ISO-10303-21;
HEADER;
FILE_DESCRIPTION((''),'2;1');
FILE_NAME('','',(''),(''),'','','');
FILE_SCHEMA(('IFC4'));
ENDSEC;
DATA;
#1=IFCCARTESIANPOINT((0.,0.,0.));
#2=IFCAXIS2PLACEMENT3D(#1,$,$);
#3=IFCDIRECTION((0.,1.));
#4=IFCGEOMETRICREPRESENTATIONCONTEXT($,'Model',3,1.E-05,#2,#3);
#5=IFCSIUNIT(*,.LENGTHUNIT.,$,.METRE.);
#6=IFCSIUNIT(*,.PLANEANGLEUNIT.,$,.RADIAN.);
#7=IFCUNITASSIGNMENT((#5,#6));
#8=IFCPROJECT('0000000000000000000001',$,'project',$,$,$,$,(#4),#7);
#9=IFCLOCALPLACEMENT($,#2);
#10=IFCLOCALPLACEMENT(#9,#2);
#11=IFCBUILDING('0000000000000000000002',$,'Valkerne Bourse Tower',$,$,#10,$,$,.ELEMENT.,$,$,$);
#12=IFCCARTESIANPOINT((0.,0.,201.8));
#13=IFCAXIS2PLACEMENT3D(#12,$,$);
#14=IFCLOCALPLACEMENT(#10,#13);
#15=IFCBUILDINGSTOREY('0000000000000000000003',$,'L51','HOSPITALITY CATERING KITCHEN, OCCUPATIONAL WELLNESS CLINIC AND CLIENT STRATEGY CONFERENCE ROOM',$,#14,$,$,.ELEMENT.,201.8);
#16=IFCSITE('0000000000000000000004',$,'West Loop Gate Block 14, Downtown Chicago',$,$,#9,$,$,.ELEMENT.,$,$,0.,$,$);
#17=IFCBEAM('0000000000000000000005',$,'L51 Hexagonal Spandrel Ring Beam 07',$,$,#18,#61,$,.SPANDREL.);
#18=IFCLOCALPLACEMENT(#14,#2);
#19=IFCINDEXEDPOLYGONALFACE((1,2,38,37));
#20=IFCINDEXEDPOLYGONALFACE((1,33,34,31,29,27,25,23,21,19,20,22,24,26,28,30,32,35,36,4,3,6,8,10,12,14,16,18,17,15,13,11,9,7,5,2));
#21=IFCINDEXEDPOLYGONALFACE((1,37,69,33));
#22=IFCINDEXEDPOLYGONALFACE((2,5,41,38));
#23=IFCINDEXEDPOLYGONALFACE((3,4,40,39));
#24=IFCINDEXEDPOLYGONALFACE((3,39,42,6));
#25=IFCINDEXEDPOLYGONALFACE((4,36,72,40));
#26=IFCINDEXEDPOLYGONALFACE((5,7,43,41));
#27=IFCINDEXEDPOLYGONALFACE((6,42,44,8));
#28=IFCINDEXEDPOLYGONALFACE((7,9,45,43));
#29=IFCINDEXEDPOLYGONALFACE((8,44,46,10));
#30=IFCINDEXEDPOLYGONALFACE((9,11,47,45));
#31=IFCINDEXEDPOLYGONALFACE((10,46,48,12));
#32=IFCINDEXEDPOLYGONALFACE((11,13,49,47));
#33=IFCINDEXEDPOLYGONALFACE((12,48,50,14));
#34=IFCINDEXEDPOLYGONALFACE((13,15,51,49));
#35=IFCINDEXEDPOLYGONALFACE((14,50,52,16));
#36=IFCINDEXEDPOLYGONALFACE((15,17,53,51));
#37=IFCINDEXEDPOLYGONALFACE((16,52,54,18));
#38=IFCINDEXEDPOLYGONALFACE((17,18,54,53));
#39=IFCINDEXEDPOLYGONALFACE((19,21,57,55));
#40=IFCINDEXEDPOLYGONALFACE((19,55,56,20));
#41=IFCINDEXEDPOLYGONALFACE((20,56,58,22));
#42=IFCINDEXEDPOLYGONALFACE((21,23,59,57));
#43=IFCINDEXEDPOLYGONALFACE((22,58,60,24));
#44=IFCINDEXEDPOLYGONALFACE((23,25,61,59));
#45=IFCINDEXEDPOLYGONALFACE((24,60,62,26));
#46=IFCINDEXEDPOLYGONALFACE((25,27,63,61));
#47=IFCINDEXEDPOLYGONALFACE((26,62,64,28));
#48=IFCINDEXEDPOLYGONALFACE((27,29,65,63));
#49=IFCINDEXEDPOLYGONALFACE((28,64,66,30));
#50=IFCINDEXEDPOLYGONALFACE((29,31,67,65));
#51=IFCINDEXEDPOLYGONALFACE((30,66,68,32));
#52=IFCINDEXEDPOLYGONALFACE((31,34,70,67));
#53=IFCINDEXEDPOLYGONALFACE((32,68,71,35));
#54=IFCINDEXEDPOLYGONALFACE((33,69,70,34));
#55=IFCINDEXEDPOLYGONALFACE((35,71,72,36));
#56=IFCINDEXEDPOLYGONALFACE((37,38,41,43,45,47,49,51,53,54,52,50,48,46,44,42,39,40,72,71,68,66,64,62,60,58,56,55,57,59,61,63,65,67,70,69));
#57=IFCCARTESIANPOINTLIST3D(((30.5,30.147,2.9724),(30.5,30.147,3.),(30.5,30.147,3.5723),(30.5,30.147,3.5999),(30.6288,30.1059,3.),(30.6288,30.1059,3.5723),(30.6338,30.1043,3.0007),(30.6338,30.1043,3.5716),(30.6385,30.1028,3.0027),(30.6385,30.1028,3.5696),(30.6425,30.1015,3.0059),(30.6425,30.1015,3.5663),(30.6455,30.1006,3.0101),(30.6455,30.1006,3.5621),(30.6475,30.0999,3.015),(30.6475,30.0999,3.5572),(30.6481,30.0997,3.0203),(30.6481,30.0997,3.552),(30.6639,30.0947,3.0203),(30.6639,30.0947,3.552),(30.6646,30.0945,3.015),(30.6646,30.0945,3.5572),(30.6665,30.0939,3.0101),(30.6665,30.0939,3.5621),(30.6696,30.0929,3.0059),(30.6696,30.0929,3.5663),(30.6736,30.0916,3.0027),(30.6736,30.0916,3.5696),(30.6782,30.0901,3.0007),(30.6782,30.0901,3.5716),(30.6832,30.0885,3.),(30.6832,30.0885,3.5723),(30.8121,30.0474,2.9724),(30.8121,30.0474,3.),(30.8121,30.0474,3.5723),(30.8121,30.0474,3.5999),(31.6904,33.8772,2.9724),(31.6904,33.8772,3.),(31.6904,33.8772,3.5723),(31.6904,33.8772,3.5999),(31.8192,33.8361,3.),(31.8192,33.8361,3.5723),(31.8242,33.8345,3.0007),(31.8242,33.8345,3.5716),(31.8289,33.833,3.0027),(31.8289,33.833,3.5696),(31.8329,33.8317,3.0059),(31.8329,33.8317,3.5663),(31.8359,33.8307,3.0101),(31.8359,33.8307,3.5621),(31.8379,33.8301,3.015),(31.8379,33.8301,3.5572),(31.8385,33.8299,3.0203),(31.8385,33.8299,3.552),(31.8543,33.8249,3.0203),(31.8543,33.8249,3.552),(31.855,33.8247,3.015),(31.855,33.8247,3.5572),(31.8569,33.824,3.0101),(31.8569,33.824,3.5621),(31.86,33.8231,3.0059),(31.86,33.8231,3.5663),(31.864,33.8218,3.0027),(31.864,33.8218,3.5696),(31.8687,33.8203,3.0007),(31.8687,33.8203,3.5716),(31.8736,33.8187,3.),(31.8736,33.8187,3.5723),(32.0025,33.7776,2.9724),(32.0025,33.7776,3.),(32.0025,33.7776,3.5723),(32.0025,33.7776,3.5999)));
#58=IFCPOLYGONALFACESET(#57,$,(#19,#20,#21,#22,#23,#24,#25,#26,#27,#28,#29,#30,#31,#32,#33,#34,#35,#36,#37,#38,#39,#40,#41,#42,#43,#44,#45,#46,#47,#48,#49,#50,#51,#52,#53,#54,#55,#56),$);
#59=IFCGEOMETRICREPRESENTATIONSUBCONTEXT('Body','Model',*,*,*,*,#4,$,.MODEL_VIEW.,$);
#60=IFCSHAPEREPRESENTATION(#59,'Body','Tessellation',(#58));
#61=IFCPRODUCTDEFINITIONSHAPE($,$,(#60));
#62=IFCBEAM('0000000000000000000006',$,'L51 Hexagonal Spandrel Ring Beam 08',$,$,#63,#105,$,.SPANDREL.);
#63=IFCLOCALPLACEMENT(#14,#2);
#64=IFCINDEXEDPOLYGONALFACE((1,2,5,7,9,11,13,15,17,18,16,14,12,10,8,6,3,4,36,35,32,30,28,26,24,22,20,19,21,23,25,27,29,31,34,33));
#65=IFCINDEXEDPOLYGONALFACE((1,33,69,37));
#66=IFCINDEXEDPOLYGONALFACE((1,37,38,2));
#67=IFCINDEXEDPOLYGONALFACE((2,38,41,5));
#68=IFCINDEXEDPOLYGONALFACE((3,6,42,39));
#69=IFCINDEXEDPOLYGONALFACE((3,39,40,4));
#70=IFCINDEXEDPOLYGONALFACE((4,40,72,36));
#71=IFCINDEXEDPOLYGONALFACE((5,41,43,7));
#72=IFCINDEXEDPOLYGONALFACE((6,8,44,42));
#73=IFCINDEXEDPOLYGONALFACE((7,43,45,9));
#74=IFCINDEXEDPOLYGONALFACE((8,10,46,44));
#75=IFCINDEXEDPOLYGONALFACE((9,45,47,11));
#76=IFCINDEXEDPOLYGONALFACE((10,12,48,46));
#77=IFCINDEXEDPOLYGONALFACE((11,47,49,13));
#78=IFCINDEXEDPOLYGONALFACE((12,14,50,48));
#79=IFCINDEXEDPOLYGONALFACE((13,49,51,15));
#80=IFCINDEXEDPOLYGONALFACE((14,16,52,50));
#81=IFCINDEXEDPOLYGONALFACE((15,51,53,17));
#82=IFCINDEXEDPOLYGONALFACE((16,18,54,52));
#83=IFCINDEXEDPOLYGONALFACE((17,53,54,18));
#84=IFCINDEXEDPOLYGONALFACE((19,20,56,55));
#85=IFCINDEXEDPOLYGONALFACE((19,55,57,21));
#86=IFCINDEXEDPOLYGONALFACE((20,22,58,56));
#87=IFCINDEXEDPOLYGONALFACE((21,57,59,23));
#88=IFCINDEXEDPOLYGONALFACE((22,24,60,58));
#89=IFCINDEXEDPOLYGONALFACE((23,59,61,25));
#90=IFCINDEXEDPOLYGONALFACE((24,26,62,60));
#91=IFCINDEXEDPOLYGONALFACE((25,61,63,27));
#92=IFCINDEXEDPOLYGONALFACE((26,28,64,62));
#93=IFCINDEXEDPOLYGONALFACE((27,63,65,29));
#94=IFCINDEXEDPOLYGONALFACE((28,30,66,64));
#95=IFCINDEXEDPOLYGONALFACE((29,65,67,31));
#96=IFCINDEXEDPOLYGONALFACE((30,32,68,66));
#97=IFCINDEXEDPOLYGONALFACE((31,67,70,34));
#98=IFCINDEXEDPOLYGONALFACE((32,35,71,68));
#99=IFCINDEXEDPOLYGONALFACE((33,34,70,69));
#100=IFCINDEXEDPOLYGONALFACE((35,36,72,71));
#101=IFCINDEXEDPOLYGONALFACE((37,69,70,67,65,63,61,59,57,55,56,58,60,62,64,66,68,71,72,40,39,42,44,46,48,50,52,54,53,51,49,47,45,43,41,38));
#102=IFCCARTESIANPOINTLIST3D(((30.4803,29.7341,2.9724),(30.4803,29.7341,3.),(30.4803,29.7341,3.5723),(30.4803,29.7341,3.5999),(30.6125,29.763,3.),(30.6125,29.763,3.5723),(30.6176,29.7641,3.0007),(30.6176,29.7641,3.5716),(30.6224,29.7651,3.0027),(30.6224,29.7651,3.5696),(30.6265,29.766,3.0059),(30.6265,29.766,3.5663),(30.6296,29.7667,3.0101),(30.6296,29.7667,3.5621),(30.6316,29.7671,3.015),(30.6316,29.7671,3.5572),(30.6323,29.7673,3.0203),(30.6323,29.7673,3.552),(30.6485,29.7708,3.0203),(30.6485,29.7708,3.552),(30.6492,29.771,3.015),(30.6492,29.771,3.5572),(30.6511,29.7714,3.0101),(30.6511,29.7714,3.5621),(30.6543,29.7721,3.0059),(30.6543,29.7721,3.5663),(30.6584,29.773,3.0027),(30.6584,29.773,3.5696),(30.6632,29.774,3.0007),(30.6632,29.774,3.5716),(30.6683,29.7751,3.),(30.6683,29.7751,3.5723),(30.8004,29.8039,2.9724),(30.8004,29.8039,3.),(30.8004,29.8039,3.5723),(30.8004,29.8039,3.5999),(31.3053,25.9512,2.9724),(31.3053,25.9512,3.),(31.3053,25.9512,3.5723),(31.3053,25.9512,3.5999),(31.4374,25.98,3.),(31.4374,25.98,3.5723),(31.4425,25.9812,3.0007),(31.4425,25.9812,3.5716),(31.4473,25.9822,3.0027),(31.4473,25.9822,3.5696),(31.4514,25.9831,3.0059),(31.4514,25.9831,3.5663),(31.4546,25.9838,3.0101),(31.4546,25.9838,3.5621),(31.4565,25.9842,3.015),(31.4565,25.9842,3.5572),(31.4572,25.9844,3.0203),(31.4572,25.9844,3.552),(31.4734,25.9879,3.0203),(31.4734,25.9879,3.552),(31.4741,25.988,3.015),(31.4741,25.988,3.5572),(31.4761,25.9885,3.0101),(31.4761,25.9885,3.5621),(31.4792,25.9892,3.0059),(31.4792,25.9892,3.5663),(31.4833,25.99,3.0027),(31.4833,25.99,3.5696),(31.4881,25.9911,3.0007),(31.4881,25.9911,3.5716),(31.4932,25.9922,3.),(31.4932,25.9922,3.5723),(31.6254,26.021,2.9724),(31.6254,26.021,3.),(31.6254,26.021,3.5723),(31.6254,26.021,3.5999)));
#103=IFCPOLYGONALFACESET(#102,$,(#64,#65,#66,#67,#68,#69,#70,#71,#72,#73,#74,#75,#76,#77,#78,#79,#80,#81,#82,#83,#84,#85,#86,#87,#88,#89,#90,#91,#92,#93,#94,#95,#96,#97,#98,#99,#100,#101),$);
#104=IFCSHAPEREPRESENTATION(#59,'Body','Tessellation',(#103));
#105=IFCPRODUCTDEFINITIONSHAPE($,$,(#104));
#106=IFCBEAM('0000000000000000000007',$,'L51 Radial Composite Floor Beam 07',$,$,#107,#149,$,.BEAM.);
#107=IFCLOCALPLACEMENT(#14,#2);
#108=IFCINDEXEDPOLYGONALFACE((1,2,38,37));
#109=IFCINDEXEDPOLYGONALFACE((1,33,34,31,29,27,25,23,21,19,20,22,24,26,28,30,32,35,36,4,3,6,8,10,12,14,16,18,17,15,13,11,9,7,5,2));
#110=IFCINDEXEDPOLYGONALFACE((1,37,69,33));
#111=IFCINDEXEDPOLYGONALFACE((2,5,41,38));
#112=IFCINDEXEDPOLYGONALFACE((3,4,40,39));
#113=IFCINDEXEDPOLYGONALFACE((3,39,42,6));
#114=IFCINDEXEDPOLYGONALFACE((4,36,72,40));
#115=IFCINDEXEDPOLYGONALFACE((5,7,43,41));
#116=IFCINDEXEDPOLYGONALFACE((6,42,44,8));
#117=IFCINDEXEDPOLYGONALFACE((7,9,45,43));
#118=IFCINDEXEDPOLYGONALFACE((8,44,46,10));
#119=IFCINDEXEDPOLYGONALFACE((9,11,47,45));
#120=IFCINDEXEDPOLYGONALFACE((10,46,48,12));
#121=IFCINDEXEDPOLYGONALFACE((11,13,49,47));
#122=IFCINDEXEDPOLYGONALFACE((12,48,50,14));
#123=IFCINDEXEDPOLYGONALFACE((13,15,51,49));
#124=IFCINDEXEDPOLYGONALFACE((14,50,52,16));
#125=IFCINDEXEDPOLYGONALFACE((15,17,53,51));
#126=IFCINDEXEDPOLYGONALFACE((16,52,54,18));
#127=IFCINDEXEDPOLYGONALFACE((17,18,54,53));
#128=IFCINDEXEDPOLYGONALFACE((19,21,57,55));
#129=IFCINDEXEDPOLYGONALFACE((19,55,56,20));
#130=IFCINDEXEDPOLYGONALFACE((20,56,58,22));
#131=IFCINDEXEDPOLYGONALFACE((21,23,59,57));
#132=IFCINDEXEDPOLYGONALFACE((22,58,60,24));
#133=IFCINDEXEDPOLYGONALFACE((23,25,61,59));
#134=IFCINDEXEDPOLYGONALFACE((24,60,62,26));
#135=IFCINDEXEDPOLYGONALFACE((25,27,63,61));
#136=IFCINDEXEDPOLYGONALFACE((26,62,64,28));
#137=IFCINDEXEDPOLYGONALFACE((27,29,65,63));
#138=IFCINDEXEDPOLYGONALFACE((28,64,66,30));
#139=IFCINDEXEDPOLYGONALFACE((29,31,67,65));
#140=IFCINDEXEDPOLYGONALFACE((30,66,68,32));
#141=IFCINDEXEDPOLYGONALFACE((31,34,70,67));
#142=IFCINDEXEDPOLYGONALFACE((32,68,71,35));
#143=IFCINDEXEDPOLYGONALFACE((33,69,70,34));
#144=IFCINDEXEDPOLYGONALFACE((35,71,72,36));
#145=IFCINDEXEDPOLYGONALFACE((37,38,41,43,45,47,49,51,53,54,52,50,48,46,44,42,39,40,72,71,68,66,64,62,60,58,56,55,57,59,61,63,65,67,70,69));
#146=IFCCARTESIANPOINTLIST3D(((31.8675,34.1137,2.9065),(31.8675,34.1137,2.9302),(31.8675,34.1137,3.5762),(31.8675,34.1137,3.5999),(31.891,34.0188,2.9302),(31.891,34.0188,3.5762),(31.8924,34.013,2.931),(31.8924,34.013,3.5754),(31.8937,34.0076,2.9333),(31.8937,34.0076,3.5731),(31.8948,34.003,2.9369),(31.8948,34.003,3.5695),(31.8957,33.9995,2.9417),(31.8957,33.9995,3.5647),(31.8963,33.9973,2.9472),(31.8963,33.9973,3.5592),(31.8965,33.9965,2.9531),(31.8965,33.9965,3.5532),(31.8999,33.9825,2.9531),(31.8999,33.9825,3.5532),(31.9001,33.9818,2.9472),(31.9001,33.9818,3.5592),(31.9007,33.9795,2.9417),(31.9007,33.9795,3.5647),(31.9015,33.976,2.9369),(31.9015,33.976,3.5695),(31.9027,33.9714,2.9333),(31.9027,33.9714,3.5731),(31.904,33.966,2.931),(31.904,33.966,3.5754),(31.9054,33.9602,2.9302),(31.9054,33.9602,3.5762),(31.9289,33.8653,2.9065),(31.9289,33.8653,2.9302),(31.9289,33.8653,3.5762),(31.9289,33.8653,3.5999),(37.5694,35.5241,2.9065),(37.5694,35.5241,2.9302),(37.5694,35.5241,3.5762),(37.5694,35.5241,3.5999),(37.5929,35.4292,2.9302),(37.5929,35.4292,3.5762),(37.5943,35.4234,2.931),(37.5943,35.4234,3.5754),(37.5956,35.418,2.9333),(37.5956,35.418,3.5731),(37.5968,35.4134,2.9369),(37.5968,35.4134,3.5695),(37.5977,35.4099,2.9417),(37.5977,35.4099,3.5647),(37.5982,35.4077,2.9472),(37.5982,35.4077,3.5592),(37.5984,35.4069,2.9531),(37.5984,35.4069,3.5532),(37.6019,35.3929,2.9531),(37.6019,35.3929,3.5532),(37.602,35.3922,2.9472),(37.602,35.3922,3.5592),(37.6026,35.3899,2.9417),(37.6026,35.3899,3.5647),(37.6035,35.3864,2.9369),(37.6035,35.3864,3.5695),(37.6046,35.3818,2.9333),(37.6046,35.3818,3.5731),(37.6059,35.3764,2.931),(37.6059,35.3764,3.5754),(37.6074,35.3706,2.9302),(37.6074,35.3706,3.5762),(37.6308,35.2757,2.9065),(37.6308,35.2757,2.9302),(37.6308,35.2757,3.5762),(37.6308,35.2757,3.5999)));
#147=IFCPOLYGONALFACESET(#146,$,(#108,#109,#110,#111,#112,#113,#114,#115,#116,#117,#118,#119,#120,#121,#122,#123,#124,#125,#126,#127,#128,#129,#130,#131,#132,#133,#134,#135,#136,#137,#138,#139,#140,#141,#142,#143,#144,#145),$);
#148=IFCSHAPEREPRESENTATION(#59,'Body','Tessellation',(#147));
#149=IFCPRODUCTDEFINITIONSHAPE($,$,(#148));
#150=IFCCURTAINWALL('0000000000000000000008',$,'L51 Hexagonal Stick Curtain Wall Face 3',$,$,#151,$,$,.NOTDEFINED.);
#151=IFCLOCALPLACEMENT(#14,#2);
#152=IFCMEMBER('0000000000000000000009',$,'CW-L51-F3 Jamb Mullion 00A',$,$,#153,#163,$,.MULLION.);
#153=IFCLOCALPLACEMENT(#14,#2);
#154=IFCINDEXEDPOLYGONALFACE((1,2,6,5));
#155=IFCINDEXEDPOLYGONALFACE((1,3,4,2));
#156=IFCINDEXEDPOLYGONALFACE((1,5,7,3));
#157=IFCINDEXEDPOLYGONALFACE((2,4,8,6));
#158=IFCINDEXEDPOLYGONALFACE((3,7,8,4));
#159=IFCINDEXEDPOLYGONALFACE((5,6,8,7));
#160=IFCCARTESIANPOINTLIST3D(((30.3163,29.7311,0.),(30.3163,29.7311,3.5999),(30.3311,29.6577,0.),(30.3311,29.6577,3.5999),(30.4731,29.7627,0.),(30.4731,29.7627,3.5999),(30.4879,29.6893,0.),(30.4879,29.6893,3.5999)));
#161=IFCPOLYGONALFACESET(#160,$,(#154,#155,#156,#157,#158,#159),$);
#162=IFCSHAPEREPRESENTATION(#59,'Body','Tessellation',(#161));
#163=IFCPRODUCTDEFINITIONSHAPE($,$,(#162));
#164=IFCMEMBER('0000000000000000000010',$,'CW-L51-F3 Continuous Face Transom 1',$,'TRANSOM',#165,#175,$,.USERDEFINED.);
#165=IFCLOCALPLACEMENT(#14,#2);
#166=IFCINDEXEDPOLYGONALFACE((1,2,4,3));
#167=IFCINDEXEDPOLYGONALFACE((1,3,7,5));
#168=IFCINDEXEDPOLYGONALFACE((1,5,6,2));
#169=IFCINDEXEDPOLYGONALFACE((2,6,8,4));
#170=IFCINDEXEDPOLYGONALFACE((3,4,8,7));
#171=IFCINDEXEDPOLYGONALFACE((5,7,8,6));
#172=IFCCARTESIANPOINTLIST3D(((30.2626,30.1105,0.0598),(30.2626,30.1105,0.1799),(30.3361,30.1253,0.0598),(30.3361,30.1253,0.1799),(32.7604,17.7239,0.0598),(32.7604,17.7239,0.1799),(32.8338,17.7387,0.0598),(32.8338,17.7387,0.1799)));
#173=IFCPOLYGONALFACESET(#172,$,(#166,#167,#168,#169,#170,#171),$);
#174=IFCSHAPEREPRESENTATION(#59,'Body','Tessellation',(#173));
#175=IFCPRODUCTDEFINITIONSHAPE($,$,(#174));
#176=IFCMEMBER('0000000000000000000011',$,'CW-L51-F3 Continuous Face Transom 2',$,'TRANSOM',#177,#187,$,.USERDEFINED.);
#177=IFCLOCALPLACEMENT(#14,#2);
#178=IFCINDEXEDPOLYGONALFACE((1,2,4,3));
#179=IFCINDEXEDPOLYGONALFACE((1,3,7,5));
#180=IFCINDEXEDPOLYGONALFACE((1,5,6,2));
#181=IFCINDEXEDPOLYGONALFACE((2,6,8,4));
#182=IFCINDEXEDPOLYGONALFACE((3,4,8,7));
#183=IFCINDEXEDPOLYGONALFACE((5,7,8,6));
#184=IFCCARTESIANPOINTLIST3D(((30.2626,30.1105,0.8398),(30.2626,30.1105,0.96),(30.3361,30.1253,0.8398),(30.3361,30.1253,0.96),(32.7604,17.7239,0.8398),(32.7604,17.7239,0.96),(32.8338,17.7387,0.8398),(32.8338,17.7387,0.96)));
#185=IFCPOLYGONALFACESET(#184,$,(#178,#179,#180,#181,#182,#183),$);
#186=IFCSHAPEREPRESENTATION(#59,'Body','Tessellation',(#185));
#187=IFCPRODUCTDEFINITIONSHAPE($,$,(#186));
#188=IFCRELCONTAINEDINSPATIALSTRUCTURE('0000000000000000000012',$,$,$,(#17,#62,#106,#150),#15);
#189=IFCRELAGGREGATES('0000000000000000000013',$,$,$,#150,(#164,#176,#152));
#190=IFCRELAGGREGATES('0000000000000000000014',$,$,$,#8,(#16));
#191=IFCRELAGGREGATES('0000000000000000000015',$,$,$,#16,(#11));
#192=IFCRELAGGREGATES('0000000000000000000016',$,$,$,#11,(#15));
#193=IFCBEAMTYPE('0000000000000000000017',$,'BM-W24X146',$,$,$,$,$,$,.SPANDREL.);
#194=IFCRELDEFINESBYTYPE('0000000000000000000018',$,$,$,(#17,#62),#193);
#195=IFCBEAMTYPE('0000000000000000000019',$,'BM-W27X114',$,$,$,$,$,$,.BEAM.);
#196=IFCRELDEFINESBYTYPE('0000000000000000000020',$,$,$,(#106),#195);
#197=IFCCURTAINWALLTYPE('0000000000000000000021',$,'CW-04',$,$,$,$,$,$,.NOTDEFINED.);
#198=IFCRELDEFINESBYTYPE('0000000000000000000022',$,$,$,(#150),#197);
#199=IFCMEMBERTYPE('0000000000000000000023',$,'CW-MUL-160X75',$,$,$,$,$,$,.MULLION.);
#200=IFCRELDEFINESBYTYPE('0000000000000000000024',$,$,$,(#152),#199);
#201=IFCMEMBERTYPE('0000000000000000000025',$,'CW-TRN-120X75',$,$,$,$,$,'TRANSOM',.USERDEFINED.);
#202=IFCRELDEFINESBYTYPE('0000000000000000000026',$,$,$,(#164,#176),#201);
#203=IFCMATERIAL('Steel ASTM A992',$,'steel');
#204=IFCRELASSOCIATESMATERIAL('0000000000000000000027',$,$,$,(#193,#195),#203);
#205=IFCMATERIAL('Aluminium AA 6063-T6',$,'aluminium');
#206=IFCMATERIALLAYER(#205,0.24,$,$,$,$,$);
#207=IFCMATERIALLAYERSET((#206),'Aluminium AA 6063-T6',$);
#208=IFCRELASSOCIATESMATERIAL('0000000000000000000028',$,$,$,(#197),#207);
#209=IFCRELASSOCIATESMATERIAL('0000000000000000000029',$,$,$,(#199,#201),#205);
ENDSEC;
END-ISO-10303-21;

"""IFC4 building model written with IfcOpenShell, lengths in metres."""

from ifc_helpers import new_model, si_unit, direction, frame, origin, origin_2d, place, context, subcontext, project, spatial, rectangle, i_section, extrude, material, layer, layer_set, material_profile, profile_set, type_object, element, aggregate, save


model = new_model("IFC4")

# Units and contexts
model_context = context("Model", 3, precision=1e-05, world=origin(), true_north=direction((0.0, 1.0)))
body_context = subcontext(model_context, "Body", "Model", "MODEL_VIEW")
ifc_project = project(units=[si_unit("LENGTHUNIT", "METRE"), si_unit("PLANEANGLEUNIT", "RADIAN")], contexts=[model_context])

# Site, building, storey
site_placement = place(None, origin())
site = spatial("IfcSite", under=ifc_project, at=site_placement, Name="West Loop Gate Block 14, Downtown Chicago", CompositionType="ELEMENT", RefElevation=0.0)
building_placement = place(site_placement, origin())
building = spatial("IfcBuilding", under=site, at=building_placement, Name="Valkerne Bourse Tower", CompositionType="ELEMENT")
storey_placement = place(building_placement, frame((0.0, 0.0, 201.8)))
storey = spatial("IfcBuildingStorey", under=building, at=storey_placement, Name="L51", Description="HOSPITALITY CATERING KITCHEN, OCCUPATIONAL WELLNESS CLINIC AND CLIENT STRATEGY CONFERENCE ROOM", CompositionType="ELEMENT", Elevation=201.8)

# Beams
ifc_material_1 = material(Name="Steel ASTM A992", Category="steel")
ifc_material_profile_1 = material_profile(ifc_material_1, i_section(OverallWidth=0.3276, OverallDepth=0.6274, WebThickness=0.0166, FlangeThickness=0.0276, FilletRadius=0.0203, at=origin_2d()), Name="W24X146")
ifc_profile_set_1 = profile_set([ifc_material_profile_1], Name="Steel ASTM A992")
beam_type_1 = type_object("IfcBeamType", Name="BM-W24X146", PredefinedType="SPANDREL", material=ifc_profile_set_1)
beam_1_placement = place(storey_placement, frame((31.8464, 33.8274, 3.2861), z_axis=(-0.304025, -0.952664, 0.0), x_axis=(0.952664, -0.304025, 0.0)))
element("IfcBeam", 1, at=beam_1_placement, inside=storey, type_object=beam_type_1, Name="L51 Hexagonal Spandrel Ring Beam 07", PredefinedType="SPANDREL", context=body_context, shape_type="SweptSolid", body=[
    extrude(i_section(OverallWidth=0.3276, OverallDepth=0.6274, WebThickness=0.0166, FlangeThickness=0.0276, FilletRadius=0.0203, at=origin_2d()), origin(), (0.0, 0.0, 1.0), 3.9155),
])
beam_2_placement = place(storey_placement, frame((30.6404, 29.769, 3.2861), z_axis=(0.213063, -0.977038, 0.0), x_axis=(0.977038, 0.213063, 0.0)))
element("IfcBeam", 2, at=beam_2_placement, inside=storey, type_object=beam_type_1, Name="L51 Hexagonal Spandrel Ring Beam 08", PredefinedType="SPANDREL", context=body_context, shape_type="SweptSolid", body=[
    extrude(i_section(OverallWidth=0.3276, OverallDepth=0.6274, WebThickness=0.0166, FlangeThickness=0.0276, FilletRadius=0.0203, at=origin_2d()), origin(), (0.0, 0.0, 1.0), 3.8718),
])
ifc_material_profile_2 = material_profile(ifc_material_1, i_section(OverallWidth=0.2559, OverallDepth=0.6934, WebThickness=0.0144, FlangeThickness=0.0237, FilletRadius=0.0229, at=origin_2d()), Name="W27X114")
ifc_profile_set_2 = profile_set([ifc_material_profile_2], Name="Steel ASTM A992")
beam_type_2 = type_object("IfcBeamType", Name="BM-W27X114", PredefinedType="BEAM", material=ifc_profile_set_2)
beam_3_placement = place(storey_placement, frame((31.8982, 33.9895, 3.2532), z_axis=(0.970743, 0.240119, 0.0), x_axis=(-0.240119, 0.970743, 0.0)))
element("IfcBeam", 3, at=beam_3_placement, inside=storey, type_object=beam_type_2, Name="L51 Radial Composite Floor Beam 07", PredefinedType="BEAM", context=body_context, shape_type="SweptSolid", body=[
    extrude(i_section(OverallWidth=0.2559, OverallDepth=0.6934, WebThickness=0.0144, FlangeThickness=0.0237, FilletRadius=0.0229, at=origin_2d()), origin(), (0.0, 0.0, 1.0), 5.8738),
])

# Curtain wall, members
ifc_material_2 = material(Name="Aluminium AA 6063-T6", Category="aluminium")
ifc_layer_1 = layer(ifc_material_2, 0.24)
ifc_layer_set_1 = layer_set([ifc_layer_1], Name="Aluminium AA 6063-T6")
curtain_wall_type = type_object("IfcCurtainWallType", Name="CW-04", PredefinedType="NOTDEFINED", material=ifc_layer_set_1)
curtain_wall_placement = place(storey_placement, origin())
curtain_wall = element("IfcCurtainWall", 4, at=curtain_wall_placement, inside=storey, type_object=curtain_wall_type, Name="L51 Hexagonal Stick Curtain Wall Face 3", PredefinedType="NOTDEFINED")
ifc_material_profile_3 = material_profile(ifc_material_2, rectangle(XDim=0.075, YDim=0.1599, at=origin_2d()), Name="CWM-75X160")
ifc_profile_set_3 = profile_set([ifc_material_profile_3], Name="Aluminium AA 6063-T6")
member_type_1 = type_object("IfcMemberType", Name="CW-MUL-160X75", PredefinedType="MULLION", material=ifc_profile_set_3)
member_1_placement = place(storey_placement, frame((30.4021, 29.7102, 0.0), z_axis=(0.0, 0.0, 1.0), x_axis=(0.19765, -0.980273, 0.0)))
member_1 = element("IfcMember", 5, at=member_1_placement, type_object=member_type_1, Name="CW-L51-F3 Jamb Mullion 00A", PredefinedType="MULLION", context=body_context, shape_type="SweptSolid", body=[
    extrude(rectangle(XDim=0.075, YDim=0.1599, at=origin_2d()), origin(), (0.0, 0.0, 1.0), 3.5999),
])
ifc_material_profile_4 = material_profile(ifc_material_2, rectangle(XDim=0.075, YDim=0.1201, at=origin_2d()), Name="CWT-75X120")
ifc_profile_set_4 = profile_set([ifc_material_profile_4], Name="Aluminium AA 6063-T6")
member_type_2 = type_object("IfcMemberType", Name="CW-TRN-120X75", ElementType="TRANSOM", PredefinedType="USERDEFINED", material=ifc_profile_set_4)
member_2_placement = place(storey_placement, frame((30.2993, 30.1179, 0.1199), z_axis=(0.197673, -0.980268, 0.0), x_axis=(0.980268, 0.197673, 0.0)))
member_2 = element("IfcMember", 6, at=member_2_placement, type_object=member_type_2, Name="CW-L51-F3 Continuous Face Transom 1", ObjectType="TRANSOM", PredefinedType="USERDEFINED", context=body_context, shape_type="SweptSolid", body=[
    extrude(rectangle(XDim=0.075, YDim=0.1201, at=origin_2d()), origin(), (0.0, 0.0, 1.0), 12.636),
])
member_3_placement = place(storey_placement, frame((30.2993, 30.1179, 0.8999), z_axis=(0.197673, -0.980268, 0.0), x_axis=(0.980268, 0.197673, 0.0)))
member_3 = element("IfcMember", 7, at=member_3_placement, type_object=member_type_2, Name="CW-L51-F3 Continuous Face Transom 2", ObjectType="TRANSOM", PredefinedType="USERDEFINED", context=body_context, shape_type="SweptSolid", body=[
    extrude(rectangle(XDim=0.075, YDim=0.1201, at=origin_2d()), origin(), (0.0, 0.0, 1.0), 12.636),
])

aggregate(curtain_wall, [member_2, member_3, member_1])

save(model, "model.ifc")
